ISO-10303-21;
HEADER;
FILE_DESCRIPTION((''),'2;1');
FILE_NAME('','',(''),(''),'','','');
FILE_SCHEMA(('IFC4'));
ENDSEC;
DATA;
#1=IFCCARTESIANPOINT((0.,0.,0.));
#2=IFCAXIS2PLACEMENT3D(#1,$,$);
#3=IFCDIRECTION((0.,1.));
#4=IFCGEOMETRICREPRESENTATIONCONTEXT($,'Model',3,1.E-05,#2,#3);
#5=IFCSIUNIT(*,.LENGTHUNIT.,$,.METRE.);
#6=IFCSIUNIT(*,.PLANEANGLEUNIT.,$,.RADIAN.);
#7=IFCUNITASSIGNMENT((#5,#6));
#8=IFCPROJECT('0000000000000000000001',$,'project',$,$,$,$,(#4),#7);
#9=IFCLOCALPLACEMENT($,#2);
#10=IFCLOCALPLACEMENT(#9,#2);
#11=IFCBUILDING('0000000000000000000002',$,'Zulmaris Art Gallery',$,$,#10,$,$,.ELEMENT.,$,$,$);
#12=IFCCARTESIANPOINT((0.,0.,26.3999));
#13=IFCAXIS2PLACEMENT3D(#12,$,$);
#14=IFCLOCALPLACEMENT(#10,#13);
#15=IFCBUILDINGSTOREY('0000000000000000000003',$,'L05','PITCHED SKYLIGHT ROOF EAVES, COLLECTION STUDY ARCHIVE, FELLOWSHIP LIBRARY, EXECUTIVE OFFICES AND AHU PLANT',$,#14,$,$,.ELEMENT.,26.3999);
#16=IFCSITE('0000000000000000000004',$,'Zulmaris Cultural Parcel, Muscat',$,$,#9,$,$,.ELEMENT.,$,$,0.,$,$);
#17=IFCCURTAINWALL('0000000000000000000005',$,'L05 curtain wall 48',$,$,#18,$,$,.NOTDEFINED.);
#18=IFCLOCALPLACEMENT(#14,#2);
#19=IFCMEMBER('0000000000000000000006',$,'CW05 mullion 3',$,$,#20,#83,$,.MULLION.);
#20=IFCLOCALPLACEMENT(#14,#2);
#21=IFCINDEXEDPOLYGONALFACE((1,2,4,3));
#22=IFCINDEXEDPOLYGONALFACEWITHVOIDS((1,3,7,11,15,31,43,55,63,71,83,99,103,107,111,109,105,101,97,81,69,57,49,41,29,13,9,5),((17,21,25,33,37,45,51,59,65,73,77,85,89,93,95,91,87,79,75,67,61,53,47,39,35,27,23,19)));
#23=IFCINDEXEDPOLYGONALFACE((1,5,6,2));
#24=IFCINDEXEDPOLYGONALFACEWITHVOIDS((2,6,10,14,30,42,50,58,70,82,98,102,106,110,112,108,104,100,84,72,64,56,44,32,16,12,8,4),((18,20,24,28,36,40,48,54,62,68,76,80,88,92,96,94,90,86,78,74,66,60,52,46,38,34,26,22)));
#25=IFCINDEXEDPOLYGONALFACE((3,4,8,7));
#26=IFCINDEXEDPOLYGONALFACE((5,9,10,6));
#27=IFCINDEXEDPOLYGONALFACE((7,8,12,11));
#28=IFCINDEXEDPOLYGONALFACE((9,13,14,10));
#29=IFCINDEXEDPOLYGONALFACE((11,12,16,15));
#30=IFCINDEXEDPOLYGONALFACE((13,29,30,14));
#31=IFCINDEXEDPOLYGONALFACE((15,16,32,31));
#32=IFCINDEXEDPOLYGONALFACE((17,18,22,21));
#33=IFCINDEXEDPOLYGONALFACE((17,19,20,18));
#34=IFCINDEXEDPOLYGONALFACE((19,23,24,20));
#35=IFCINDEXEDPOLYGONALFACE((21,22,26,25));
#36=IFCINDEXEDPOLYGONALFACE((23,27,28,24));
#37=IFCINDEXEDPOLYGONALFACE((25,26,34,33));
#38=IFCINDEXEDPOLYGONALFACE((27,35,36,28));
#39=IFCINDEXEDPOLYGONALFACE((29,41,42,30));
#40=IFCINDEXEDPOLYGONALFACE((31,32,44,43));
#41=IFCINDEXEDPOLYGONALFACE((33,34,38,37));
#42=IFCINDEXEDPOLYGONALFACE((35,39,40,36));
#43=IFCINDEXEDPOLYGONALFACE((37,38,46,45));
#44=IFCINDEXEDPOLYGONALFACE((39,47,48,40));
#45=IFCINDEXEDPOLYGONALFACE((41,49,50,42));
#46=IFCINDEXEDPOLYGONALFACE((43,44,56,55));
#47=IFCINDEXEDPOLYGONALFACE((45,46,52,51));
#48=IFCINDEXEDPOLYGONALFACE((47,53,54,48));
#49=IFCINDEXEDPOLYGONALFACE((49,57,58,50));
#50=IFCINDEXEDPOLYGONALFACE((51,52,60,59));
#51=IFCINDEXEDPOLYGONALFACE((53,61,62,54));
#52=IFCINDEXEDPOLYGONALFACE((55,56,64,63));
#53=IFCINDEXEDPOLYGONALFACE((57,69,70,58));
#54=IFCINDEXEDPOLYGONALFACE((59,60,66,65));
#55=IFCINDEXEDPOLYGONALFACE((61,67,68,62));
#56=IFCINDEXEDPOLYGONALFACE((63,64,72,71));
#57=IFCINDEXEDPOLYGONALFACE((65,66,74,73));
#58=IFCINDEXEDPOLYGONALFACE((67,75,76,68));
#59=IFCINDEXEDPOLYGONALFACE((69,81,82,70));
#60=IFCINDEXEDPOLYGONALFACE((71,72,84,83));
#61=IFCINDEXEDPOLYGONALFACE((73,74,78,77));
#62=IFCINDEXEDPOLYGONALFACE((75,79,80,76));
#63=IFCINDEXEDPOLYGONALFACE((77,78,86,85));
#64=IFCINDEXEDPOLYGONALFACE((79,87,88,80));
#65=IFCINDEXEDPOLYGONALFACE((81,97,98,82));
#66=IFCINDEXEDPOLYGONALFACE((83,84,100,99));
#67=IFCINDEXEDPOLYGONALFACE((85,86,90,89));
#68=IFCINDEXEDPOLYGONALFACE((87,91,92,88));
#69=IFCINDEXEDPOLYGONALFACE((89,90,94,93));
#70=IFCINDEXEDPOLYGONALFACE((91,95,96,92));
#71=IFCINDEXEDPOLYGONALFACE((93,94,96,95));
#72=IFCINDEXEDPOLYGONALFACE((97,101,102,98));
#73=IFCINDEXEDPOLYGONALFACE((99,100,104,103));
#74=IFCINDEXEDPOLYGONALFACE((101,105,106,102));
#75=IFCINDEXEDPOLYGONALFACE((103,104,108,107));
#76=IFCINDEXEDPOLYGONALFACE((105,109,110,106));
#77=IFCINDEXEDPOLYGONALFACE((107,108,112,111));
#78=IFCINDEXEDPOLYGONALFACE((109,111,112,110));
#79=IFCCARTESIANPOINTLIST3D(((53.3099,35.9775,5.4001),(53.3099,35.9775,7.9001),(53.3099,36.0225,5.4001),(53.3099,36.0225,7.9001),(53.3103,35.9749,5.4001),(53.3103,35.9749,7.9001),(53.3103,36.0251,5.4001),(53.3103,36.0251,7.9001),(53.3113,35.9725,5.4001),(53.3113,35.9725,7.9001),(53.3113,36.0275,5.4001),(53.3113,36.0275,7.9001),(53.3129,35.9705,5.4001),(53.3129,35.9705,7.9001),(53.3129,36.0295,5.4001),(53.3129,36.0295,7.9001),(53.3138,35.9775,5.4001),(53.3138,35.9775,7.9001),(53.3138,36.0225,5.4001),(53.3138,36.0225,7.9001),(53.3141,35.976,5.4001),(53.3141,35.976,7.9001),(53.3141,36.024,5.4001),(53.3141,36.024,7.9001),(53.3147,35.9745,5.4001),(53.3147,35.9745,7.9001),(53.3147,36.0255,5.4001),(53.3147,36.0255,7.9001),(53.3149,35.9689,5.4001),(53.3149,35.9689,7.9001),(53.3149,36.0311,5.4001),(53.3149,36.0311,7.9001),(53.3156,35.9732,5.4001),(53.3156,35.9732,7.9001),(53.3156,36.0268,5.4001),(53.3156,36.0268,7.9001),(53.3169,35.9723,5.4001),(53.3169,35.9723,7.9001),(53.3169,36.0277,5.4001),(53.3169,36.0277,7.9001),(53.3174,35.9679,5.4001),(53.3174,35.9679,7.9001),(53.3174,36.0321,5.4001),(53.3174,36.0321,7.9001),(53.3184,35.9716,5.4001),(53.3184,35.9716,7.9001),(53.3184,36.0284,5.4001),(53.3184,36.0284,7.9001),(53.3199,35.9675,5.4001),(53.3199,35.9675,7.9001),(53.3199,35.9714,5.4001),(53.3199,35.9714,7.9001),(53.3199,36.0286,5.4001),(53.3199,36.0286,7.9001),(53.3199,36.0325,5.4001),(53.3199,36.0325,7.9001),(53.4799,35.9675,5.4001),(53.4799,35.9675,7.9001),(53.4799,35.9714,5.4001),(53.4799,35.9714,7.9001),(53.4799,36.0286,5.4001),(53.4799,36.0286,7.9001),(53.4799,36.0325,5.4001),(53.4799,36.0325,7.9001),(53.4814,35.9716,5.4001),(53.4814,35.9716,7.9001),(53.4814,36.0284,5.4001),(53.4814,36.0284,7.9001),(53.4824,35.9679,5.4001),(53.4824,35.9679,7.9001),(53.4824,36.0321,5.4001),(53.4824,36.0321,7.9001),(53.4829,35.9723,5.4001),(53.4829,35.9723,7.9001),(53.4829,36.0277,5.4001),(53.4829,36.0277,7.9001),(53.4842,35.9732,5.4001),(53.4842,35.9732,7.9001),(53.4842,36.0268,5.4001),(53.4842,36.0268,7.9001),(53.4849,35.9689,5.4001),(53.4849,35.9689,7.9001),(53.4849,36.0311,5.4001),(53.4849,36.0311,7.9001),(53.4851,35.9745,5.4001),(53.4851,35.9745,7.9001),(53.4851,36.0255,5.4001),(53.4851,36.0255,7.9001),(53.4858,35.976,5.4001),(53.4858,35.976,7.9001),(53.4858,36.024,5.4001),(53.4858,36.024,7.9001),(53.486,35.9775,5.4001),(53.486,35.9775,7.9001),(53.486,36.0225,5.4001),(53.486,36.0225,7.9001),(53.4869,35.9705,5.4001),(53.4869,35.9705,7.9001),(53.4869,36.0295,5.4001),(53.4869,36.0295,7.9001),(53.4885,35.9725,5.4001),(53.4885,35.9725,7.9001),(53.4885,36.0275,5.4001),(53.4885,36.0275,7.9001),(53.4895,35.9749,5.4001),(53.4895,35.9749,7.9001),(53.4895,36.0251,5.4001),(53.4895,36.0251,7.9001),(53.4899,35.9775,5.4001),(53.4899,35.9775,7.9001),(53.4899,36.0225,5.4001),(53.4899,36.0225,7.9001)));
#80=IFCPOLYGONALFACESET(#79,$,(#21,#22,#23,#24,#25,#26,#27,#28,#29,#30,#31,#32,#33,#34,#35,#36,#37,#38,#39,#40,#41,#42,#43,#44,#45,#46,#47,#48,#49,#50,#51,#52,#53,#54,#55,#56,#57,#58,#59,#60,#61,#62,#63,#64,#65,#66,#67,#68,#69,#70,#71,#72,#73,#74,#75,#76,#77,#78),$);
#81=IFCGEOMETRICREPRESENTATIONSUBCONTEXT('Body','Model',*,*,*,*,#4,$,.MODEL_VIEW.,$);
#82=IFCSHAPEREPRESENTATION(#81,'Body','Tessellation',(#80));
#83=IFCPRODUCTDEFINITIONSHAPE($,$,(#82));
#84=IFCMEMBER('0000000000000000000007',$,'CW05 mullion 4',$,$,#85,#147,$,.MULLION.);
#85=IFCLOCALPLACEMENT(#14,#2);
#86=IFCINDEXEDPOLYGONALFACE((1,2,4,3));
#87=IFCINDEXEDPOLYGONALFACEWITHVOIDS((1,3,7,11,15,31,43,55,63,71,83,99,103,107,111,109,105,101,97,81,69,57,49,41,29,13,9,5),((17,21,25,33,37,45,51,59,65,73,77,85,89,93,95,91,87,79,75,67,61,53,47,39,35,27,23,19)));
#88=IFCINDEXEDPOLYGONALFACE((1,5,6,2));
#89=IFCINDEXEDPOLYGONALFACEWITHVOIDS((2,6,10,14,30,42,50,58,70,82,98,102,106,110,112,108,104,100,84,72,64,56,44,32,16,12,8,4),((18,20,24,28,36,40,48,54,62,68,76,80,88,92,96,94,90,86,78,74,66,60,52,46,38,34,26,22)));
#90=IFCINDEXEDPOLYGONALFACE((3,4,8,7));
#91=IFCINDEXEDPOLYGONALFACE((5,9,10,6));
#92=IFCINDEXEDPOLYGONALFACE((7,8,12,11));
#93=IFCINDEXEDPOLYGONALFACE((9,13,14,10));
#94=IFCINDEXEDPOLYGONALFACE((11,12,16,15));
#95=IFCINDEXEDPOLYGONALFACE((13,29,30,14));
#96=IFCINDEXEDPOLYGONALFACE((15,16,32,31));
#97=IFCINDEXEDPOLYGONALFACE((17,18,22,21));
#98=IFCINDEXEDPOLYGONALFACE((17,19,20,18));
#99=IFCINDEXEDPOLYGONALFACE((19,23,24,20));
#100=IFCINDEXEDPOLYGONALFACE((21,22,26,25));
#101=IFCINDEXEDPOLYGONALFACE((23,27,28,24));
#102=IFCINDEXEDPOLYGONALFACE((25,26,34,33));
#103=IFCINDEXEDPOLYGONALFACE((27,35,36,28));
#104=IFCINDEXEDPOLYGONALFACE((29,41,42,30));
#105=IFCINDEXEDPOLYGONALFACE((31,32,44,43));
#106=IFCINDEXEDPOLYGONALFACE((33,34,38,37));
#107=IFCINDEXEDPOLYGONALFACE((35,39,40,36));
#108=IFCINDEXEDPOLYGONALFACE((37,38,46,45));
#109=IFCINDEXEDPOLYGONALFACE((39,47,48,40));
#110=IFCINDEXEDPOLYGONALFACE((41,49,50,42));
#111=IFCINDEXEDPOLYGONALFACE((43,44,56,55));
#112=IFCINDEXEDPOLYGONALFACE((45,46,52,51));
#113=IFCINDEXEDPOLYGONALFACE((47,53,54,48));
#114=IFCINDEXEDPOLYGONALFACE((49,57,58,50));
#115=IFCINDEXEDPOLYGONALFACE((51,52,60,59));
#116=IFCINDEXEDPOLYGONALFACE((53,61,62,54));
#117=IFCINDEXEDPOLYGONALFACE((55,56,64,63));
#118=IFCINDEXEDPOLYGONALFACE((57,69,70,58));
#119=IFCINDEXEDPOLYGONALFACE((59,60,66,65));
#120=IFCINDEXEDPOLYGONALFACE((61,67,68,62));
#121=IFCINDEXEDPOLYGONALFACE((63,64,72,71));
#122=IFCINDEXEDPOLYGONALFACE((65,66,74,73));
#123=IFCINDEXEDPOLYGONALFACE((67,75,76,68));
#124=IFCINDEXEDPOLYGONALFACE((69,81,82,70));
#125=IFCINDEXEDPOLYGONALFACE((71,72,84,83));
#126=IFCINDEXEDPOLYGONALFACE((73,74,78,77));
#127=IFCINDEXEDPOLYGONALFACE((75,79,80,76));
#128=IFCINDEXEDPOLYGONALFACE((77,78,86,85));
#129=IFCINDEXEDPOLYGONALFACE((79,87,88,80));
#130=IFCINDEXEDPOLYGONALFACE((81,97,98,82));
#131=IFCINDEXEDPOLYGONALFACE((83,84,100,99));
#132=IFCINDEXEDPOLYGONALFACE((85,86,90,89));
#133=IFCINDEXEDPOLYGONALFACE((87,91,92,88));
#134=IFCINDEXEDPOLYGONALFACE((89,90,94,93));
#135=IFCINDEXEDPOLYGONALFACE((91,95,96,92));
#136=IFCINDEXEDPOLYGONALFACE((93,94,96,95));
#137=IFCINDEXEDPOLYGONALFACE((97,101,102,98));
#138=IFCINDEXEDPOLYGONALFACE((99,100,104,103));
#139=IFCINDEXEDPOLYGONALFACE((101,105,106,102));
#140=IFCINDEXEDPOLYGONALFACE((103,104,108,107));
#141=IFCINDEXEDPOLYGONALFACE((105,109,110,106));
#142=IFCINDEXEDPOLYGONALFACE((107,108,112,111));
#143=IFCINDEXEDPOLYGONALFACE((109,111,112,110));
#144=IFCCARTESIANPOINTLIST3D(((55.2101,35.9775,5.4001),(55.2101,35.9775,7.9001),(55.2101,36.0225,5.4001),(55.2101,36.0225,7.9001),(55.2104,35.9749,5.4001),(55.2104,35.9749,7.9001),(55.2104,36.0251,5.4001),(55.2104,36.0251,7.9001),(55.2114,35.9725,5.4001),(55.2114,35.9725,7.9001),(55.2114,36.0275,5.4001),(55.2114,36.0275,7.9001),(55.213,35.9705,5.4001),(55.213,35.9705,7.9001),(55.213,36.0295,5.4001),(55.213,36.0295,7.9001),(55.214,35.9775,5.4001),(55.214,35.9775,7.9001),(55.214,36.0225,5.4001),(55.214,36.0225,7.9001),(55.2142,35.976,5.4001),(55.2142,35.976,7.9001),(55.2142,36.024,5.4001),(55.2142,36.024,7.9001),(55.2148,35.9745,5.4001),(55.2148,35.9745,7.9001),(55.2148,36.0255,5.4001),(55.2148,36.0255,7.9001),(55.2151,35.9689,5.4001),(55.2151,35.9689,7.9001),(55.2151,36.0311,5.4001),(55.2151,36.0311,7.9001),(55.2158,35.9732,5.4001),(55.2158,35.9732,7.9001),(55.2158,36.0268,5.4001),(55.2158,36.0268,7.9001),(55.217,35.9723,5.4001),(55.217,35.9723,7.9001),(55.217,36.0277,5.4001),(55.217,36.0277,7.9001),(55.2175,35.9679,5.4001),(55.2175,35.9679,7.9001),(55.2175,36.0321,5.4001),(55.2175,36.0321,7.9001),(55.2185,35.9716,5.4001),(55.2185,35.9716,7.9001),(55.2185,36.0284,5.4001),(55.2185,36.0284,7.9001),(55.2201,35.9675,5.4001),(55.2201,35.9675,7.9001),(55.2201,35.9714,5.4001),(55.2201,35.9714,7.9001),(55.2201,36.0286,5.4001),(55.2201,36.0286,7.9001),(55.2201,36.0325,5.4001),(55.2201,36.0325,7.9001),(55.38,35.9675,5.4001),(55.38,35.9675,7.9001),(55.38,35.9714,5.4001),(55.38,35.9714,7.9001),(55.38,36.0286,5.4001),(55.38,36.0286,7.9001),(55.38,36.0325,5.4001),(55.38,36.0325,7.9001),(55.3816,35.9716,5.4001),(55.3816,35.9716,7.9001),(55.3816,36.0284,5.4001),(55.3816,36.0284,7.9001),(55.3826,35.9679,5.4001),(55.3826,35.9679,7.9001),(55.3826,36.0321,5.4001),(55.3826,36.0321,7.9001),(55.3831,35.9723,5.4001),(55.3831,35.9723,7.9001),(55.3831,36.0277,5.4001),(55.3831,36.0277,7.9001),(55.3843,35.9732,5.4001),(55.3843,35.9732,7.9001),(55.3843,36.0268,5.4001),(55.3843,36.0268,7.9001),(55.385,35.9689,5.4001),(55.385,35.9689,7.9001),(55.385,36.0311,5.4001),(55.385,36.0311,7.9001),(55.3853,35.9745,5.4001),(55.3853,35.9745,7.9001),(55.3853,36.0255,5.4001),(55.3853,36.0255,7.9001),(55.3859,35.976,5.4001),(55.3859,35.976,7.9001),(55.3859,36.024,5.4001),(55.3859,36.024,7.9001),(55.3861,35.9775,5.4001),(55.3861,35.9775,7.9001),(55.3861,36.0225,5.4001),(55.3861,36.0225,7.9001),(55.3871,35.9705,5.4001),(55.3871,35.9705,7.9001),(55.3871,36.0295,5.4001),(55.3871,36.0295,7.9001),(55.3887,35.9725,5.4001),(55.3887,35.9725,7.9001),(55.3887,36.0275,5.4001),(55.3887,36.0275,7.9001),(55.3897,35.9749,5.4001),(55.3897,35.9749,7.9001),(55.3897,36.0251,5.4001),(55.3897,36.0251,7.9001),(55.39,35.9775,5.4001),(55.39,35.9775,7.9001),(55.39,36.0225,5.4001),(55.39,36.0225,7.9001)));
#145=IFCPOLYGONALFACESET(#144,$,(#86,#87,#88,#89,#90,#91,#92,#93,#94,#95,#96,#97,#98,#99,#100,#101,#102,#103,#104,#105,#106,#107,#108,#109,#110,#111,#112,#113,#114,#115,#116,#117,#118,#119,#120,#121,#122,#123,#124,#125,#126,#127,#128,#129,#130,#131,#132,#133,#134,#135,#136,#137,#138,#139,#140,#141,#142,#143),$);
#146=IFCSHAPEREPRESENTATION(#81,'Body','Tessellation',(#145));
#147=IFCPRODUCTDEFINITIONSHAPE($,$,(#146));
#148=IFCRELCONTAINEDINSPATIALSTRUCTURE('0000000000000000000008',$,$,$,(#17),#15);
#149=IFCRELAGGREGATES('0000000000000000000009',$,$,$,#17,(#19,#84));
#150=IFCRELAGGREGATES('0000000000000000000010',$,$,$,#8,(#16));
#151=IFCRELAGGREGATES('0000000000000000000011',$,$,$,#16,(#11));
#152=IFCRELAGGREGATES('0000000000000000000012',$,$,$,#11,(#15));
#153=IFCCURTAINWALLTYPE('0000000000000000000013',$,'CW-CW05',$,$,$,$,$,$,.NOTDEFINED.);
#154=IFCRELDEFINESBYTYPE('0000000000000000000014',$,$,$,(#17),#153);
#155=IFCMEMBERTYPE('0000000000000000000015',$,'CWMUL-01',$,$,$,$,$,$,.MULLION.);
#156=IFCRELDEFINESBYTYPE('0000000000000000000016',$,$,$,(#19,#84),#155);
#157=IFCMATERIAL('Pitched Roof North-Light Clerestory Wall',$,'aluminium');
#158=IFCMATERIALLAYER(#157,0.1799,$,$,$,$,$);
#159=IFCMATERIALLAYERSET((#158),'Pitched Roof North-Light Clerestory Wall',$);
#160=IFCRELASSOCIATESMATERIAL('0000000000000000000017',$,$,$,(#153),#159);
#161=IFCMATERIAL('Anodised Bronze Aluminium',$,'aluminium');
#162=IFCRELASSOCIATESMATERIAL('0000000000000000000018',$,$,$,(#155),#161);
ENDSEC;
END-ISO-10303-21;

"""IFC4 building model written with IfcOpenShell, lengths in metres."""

from ifc_helpers import new_model, si_unit, direction, frame, origin, origin_2d, place, context, subcontext, project, spatial, hollow_rectangle, extrude, material, layer, layer_set, material_profile, profile_set, type_object, element, aggregate, save


model = new_model("IFC4")

# Units and contexts
model_context = context("Model", 3, precision=1e-05, world=origin(), true_north=direction((0.0, 1.0)))
body_context = subcontext(model_context, "Body", "Model", "MODEL_VIEW")
ifc_project = project(units=[si_unit("LENGTHUNIT", "METRE"), si_unit("PLANEANGLEUNIT", "RADIAN")], contexts=[model_context])

# Site, building, storey
site_placement = place(None, origin())
site = spatial("IfcSite", under=ifc_project, at=site_placement, Name="Zulmaris Cultural Parcel, Muscat", CompositionType="ELEMENT", RefElevation=0.0)
building_placement = place(site_placement, origin())
building = spatial("IfcBuilding", under=site, at=building_placement, Name="Zulmaris Art Gallery", CompositionType="ELEMENT")
storey_placement = place(building_placement, frame((0.0, 0.0, 26.3999)))
storey = spatial("IfcBuildingStorey", under=building, at=storey_placement, Name="L05", Description="PITCHED SKYLIGHT ROOF EAVES, COLLECTION STUDY ARCHIVE, FELLOWSHIP LIBRARY, EXECUTIVE OFFICES AND AHU PLANT", CompositionType="ELEMENT", Elevation=26.3999)

# Curtain wall, members
ifc_material_1 = material(Name="Pitched Roof North-Light Clerestory Wall", Category="aluminium")
ifc_layer_1 = layer(ifc_material_1, 0.1799)
ifc_layer_set_1 = layer_set([ifc_layer_1], Name="Pitched Roof North-Light Clerestory Wall")
curtain_wall_type = type_object("IfcCurtainWallType", Name="CW-CW05", PredefinedType="NOTDEFINED", material=ifc_layer_set_1)
curtain_wall_placement = place(storey_placement, origin())
curtain_wall = element("IfcCurtainWall", 1, at=curtain_wall_placement, inside=storey, type_object=curtain_wall_type, Name="L05 curtain wall 48", PredefinedType="NOTDEFINED")
ifc_material_2 = material(Name="Anodised Bronze Aluminium", Category="aluminium")
ifc_material_profile_1 = material_profile(ifc_material_2, hollow_rectangle(XDim=0.0649, YDim=0.1799, WallThickness=0.0039, InnerFilletRadius=0.0061, OuterFilletRadius=0.01, at=origin_2d()), Name="ALU 65x180x4")
ifc_profile_set_1 = profile_set([ifc_material_profile_1], Name="Anodised Bronze Aluminium")
member_type_1 = type_object("IfcMemberType", Name="CWMUL-01", PredefinedType="MULLION", material=ifc_profile_set_1)
member_1_placement = place(storey_placement, frame((53.3999, 36.0, 5.4001), z_axis=(0.0, 0.0, 1.0), x_axis=(0.0, 1.0, 0.0)))
member_1 = element("IfcMember", 2, at=member_1_placement, type_object=member_type_1, Name="CW05 mullion 3", PredefinedType="MULLION", context=body_context, shape_type="SweptSolid", body=[
    extrude(hollow_rectangle(XDim=0.0649, YDim=0.1799, WallThickness=0.0039, InnerFilletRadius=0.0061, OuterFilletRadius=0.01, at=origin_2d()), origin(), (0.0, 0.0, 1.0), 2.5),
])
member_2_placement = place(storey_placement, frame((55.3, 36.0, 5.4001), z_axis=(0.0, 0.0, 1.0), x_axis=(0.0, 1.0, 0.0)))
member_2 = element("IfcMember", 3, at=member_2_placement, type_object=member_type_1, Name="CW05 mullion 4", PredefinedType="MULLION", context=body_context, shape_type="SweptSolid", body=[
    extrude(hollow_rectangle(XDim=0.0649, YDim=0.1799, WallThickness=0.0039, InnerFilletRadius=0.0061, OuterFilletRadius=0.01, at=origin_2d()), origin(), (0.0, 0.0, 1.0), 2.5),
])

aggregate(curtain_wall, [member_1, member_2])

save(model, "model.ifc")
